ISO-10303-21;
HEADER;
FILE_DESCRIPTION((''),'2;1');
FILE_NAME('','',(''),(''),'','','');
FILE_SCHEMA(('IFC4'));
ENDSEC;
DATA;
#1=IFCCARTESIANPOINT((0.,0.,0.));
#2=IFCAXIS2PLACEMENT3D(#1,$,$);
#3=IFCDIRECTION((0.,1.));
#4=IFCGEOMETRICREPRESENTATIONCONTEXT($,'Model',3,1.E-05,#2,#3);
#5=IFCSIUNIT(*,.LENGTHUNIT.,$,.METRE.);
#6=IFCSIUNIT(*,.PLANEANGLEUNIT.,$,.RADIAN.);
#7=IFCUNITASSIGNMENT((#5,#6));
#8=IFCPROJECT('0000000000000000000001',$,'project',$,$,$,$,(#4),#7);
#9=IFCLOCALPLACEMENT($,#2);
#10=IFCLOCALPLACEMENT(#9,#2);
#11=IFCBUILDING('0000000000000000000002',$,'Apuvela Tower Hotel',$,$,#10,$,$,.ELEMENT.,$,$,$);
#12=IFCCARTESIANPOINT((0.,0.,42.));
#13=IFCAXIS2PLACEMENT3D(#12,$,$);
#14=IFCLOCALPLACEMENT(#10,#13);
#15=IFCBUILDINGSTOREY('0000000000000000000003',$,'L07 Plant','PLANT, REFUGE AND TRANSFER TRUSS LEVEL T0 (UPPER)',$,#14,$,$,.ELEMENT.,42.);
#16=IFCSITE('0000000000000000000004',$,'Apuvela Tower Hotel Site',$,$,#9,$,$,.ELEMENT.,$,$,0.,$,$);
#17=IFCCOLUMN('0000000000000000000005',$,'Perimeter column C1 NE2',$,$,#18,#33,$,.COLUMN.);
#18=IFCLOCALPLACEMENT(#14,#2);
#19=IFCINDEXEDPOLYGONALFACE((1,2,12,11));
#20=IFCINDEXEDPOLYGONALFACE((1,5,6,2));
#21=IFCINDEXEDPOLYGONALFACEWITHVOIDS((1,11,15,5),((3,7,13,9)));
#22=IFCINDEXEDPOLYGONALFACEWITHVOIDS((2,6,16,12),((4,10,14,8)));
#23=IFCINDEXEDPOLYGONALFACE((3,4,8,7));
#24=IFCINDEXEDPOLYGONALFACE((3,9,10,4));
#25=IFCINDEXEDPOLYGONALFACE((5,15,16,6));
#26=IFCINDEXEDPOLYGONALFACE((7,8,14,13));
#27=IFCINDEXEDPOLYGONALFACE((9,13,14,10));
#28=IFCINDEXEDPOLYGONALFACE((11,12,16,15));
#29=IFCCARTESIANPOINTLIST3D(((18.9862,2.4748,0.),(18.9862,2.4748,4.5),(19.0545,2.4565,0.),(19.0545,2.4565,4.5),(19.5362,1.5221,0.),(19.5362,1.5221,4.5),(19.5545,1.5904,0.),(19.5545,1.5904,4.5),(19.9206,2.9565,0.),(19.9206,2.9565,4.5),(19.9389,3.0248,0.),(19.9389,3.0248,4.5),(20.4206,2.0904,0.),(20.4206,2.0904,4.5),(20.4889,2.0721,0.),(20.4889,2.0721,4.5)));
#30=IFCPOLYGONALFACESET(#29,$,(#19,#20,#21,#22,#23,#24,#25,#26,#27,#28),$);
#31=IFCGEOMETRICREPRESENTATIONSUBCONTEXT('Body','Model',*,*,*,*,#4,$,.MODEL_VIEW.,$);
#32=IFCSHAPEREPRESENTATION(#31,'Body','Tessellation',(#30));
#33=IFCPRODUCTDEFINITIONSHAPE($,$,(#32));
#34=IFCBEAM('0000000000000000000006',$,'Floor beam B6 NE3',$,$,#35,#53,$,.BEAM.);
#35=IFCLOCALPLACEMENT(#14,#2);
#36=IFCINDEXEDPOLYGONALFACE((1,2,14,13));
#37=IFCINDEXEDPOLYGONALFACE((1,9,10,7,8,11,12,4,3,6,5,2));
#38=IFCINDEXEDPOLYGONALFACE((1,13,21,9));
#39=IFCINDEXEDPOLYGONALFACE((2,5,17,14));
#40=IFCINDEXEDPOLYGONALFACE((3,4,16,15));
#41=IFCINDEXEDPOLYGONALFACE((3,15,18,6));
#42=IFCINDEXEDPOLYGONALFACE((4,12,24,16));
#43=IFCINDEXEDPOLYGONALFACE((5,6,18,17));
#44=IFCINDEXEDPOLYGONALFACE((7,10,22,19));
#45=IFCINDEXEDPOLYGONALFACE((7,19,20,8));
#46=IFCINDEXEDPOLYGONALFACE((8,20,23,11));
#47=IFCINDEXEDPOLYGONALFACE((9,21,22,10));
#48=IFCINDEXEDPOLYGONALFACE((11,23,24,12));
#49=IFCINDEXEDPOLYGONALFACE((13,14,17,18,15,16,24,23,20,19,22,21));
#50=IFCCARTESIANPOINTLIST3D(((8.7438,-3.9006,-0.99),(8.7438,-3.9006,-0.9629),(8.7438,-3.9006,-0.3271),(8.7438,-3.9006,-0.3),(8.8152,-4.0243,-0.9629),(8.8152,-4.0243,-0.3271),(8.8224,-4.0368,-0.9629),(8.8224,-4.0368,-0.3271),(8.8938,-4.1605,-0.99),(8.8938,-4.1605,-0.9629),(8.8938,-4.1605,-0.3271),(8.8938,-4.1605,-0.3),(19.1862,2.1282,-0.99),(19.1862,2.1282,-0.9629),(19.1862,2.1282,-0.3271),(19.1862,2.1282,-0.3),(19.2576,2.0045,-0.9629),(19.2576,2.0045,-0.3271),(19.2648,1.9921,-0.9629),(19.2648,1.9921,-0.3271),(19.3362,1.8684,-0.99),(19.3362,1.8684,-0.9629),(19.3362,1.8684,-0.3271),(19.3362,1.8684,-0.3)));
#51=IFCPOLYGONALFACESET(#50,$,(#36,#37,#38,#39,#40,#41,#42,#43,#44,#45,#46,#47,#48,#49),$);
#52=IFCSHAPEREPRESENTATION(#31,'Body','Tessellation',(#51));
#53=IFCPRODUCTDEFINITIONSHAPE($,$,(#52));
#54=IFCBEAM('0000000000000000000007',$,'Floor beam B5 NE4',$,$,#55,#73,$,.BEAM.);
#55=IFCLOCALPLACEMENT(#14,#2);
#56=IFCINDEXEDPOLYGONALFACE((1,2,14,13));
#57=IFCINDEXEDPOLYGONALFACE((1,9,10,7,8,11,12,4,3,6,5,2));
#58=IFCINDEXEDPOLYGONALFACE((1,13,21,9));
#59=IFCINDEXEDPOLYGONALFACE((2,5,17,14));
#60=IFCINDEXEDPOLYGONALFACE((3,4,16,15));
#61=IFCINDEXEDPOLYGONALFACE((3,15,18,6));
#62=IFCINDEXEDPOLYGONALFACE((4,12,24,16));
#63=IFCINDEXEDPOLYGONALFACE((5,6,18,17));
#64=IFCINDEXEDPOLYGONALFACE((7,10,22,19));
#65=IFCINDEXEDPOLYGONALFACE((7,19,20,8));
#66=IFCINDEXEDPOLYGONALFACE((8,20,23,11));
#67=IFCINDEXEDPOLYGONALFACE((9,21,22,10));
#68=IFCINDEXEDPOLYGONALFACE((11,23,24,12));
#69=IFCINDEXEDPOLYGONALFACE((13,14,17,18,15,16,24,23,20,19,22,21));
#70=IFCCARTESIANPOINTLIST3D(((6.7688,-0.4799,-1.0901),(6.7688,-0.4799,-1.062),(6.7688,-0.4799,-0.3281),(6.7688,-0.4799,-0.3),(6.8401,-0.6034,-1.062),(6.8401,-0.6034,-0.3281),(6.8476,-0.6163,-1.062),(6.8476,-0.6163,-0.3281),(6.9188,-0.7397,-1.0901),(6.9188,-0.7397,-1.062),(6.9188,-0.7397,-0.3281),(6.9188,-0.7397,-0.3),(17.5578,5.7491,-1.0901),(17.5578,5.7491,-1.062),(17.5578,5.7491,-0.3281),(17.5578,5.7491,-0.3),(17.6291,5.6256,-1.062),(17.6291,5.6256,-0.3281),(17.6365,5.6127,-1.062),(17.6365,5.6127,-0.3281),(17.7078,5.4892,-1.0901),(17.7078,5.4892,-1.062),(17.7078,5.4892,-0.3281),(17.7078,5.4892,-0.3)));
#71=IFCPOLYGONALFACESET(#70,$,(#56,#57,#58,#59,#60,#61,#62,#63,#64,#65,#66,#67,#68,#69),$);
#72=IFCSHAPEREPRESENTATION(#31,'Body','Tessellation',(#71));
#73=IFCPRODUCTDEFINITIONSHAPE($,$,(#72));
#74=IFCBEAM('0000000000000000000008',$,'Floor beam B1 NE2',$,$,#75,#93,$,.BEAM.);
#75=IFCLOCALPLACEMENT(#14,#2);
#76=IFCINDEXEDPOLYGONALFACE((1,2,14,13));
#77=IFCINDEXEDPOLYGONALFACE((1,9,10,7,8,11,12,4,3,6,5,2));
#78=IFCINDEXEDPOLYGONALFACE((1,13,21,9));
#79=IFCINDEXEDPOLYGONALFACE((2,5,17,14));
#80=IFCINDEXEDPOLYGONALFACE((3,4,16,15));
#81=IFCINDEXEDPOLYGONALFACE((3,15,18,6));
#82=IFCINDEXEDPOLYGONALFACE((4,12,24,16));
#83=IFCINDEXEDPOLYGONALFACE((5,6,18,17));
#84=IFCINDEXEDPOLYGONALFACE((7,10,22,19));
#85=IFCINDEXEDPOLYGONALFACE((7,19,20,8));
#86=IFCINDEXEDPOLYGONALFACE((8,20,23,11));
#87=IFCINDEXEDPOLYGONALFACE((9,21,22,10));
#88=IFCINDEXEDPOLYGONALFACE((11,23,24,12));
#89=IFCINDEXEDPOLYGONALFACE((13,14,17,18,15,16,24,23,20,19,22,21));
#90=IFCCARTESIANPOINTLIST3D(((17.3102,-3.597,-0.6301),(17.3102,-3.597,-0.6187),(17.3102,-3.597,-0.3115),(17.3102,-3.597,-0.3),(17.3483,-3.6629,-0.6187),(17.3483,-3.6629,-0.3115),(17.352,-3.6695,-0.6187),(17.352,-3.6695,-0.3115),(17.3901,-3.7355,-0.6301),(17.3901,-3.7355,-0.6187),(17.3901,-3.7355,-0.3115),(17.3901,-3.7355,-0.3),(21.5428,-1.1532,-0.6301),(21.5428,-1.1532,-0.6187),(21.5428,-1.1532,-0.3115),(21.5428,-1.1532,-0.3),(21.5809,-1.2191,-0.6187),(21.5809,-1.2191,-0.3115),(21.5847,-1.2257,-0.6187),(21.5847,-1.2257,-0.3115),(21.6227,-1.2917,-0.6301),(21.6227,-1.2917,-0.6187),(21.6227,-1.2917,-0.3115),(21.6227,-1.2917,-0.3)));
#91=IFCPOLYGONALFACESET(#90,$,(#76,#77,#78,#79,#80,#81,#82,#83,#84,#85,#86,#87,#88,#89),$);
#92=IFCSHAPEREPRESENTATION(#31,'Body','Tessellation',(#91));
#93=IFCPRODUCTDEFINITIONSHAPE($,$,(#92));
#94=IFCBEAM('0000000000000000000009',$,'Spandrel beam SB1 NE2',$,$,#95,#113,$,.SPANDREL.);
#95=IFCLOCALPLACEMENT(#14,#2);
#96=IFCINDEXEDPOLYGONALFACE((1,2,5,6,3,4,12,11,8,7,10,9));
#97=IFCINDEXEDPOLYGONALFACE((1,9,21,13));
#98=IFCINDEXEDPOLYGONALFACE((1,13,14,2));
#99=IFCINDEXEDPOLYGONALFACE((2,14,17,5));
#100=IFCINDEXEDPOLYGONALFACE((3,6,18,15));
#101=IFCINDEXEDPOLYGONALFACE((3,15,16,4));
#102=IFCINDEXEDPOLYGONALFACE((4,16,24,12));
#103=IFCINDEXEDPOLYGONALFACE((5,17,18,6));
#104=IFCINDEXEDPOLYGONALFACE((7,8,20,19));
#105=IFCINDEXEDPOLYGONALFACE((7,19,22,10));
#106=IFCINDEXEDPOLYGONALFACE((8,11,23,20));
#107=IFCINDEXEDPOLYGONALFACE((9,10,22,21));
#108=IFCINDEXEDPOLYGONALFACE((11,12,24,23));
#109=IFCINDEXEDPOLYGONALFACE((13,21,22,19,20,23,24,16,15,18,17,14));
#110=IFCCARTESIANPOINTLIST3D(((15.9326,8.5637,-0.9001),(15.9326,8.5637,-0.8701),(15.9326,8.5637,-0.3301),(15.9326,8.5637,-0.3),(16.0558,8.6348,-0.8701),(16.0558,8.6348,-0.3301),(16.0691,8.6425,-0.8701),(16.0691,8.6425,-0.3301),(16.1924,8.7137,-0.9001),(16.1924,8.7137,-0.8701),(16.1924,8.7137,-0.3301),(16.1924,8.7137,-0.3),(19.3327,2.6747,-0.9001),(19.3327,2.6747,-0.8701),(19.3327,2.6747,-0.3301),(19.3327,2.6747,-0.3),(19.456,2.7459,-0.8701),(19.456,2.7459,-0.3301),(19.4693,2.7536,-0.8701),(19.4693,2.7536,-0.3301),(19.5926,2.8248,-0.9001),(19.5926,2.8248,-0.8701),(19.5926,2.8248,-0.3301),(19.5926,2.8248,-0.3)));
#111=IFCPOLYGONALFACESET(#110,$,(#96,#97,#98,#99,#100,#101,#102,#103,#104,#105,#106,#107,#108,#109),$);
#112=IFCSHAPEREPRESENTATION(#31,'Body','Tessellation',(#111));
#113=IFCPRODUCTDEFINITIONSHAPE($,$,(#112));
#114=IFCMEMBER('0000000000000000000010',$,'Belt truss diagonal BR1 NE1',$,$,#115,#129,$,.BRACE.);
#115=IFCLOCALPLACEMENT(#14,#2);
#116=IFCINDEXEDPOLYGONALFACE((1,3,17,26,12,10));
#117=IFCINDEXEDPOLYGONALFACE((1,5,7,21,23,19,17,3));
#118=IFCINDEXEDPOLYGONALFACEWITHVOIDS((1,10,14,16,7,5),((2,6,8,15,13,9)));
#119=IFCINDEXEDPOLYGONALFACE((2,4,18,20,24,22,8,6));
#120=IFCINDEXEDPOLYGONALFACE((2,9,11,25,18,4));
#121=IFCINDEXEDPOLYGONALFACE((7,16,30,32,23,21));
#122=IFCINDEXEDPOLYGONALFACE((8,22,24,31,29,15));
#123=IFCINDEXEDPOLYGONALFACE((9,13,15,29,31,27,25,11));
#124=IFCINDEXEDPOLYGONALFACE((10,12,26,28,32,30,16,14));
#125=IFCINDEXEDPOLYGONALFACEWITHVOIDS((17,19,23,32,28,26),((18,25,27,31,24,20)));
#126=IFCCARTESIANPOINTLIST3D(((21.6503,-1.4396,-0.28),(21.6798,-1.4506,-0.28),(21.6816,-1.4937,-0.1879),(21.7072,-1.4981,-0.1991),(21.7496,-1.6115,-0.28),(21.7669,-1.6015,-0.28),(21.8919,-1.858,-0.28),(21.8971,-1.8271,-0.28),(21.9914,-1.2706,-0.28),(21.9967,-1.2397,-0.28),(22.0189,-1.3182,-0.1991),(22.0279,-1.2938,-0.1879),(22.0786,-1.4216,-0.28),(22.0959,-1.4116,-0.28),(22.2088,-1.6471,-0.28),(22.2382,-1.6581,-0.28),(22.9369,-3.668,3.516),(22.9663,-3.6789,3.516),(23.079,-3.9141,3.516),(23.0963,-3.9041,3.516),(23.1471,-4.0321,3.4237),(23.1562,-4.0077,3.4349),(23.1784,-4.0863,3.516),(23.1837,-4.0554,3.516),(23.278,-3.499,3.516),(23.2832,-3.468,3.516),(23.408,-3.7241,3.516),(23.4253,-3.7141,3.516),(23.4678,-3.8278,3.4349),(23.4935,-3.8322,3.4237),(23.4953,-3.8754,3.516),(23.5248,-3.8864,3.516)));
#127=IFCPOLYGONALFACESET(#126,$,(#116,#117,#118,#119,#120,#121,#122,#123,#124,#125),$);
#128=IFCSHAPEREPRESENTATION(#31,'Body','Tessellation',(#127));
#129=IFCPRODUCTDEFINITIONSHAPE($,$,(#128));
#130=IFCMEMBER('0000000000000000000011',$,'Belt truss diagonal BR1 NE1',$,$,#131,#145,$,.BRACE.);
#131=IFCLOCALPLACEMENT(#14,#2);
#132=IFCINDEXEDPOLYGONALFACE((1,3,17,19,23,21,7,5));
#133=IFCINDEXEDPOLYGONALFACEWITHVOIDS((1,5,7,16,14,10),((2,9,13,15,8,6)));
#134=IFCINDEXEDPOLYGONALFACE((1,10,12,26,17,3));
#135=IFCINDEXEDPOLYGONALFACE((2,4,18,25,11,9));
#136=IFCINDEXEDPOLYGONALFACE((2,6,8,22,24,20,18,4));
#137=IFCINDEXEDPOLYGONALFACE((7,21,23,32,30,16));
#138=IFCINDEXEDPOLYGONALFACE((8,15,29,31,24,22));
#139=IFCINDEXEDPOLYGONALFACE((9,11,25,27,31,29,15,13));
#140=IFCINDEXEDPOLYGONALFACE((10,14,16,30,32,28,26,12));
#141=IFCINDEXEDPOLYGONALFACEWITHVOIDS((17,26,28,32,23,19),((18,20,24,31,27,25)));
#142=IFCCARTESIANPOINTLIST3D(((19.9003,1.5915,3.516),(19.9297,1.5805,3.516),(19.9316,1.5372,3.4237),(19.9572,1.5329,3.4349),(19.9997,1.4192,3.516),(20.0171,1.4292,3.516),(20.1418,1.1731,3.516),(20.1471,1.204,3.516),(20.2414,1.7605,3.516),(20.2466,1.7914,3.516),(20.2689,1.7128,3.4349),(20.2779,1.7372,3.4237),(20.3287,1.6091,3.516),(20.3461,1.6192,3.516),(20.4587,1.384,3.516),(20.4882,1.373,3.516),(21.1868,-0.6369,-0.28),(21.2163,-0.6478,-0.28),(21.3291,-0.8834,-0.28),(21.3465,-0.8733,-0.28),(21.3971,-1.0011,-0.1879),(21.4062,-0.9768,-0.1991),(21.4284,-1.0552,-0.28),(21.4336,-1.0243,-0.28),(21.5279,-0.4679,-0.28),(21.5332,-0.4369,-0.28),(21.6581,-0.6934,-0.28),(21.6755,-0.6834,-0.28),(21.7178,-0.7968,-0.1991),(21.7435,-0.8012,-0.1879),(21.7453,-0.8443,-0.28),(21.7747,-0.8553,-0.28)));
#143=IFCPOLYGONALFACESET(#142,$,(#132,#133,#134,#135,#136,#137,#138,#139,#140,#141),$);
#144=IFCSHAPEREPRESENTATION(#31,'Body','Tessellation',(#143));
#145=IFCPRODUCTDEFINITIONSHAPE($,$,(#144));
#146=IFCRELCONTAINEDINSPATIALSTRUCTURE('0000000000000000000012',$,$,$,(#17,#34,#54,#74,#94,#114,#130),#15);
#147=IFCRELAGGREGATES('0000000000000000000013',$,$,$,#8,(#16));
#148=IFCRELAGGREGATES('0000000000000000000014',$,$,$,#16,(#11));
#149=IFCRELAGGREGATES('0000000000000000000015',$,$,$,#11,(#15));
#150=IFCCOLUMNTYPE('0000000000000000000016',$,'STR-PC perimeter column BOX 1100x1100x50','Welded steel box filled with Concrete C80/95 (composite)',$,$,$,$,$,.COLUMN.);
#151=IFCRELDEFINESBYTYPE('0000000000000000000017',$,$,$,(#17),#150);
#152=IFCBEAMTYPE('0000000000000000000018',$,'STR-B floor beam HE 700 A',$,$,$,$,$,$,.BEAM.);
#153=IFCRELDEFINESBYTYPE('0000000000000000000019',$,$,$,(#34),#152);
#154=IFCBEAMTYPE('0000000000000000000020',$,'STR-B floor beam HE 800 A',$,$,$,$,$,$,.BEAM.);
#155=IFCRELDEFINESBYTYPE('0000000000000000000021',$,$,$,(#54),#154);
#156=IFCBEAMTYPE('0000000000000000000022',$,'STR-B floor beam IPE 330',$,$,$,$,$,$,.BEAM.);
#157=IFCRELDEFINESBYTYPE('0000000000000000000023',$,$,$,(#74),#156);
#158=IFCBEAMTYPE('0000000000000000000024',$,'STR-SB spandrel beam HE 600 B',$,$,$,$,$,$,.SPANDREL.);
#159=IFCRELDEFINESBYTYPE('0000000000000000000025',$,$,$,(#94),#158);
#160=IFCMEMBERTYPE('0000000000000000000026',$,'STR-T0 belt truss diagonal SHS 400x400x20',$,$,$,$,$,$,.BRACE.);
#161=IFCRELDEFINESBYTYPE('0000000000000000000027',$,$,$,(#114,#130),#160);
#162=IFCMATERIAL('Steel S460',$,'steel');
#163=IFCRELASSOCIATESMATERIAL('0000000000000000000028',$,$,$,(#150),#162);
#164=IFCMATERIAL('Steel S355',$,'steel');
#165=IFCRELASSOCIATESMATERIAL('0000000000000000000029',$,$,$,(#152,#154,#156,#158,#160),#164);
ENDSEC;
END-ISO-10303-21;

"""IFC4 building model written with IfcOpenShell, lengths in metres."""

from ifc_helpers import new_model, si_unit, direction, frame, origin, origin_2d, place, context, subcontext, project, spatial, rectangle, hollow_rectangle, i_section, extrude, boolean, halfspace, material, material_profile, profile_set, type_object, element, save


model = new_model("IFC4")

# Units and contexts
model_context = context("Model", 3, precision=1e-05, world=origin(), true_north=direction((0.0, 1.0)))
body_context = subcontext(model_context, "Body", "Model", "MODEL_VIEW")
ifc_project = project(units=[si_unit("LENGTHUNIT", "METRE"), si_unit("PLANEANGLEUNIT", "RADIAN")], contexts=[model_context])

# Site, building, storey
site_placement = place(None, origin())
site = spatial("IfcSite", under=ifc_project, at=site_placement, Name="Apuvela Tower Hotel Site", CompositionType="ELEMENT", RefElevation=0.0)
building_placement = place(site_placement, origin())
building = spatial("IfcBuilding", under=site, at=building_placement, Name="Apuvela Tower Hotel", CompositionType="ELEMENT")
storey_placement = place(building_placement, frame((0.0, 0.0, 42.0)))
storey = spatial("IfcBuildingStorey", under=building, at=storey_placement, Name="L07 Plant", Description="PLANT, REFUGE AND TRANSFER TRUSS LEVEL T0 (UPPER)", CompositionType="ELEMENT", Elevation=42.0)

# Column
ifc_material_1 = material(Name="Steel S460", Category="steel")
ifc_material_profile_1 = material_profile(ifc_material_1, hollow_rectangle(XDim=1.1001, YDim=1.1001, WallThickness=0.05, at=origin_2d()), Name="BOX 1100x1100x50")
ifc_material_2 = material(Name="Concrete C80/95", Category="concrete")
ifc_material_profile_2 = material_profile(ifc_material_2, rectangle(XDim=1.0, YDim=1.0, at=origin_2d()), Name="Concrete C80/95 infill")
ifc_profile_set_1 = profile_set([ifc_material_profile_1, ifc_material_profile_2], Name="Steel S460")
column_type = type_object("IfcColumnType", Name="STR-PC perimeter column BOX 1100x1100x50", Description="Welded steel box filled with Concrete C80/95 (composite)", PredefinedType="COLUMN", material=ifc_profile_set_1)
column_placement = place(storey_placement, frame((19.7375, 2.2734, 0.0), z_axis=(0.0, 0.0, 1.0), x_axis=(-0.5, 0.866025, 0.0)))
element("IfcColumn", 1, at=column_placement, inside=storey, type_object=column_type, Name="Perimeter column C1 NE2", PredefinedType="COLUMN", context=body_context, shape_type="SweptSolid", body=[
    extrude(hollow_rectangle(XDim=1.1001, YDim=1.1001, WallThickness=0.05, at=origin_2d()), origin(), (0.0, 0.0, 1.0), 4.5),
])

# Beams
ifc_material_3 = material(Name="Steel S355", Category="steel")
ifc_material_profile_3 = material_profile(ifc_material_3, i_section(OverallWidth=0.3, OverallDepth=0.6899, WebThickness=0.0144, FlangeThickness=0.0271, at=origin_2d()), Name="HE 700 A")
ifc_profile_set_2 = profile_set([ifc_material_profile_3], Name="Steel S355")
beam_type_1 = type_object("IfcBeamType", Name="STR-B floor beam HE 700 A", PredefinedType="BEAM", material=ifc_profile_set_2)
beam_1_placement = place(storey_placement, frame((19.2612, 1.9983, -0.645), z_axis=(-0.866029, -0.499994, 0.0), x_axis=(0.499994, -0.866029, 0.0)))
element("IfcBeam", 2, at=beam_1_placement, inside=storey, type_object=beam_type_1, Name="Floor beam B6 NE3", PredefinedType="BEAM", context=body_context, shape_type="SweptSolid", body=[
    extrude(i_section(OverallWidth=0.3, OverallDepth=0.6899, WebThickness=0.0144, FlangeThickness=0.0271, at=origin_2d()), origin(), (0.0, 0.0, 1.0), 12.0579),
])
ifc_material_profile_4 = material_profile(ifc_material_3, i_section(OverallWidth=0.3, OverallDepth=0.79, WebThickness=0.0149, FlangeThickness=0.0281, at=origin_2d()), Name="HE 800 A")
ifc_profile_set_3 = profile_set([ifc_material_profile_4], Name="Steel S355")
beam_type_2 = type_object("IfcBeamType", Name="STR-B floor beam HE 800 A", PredefinedType="BEAM", material=ifc_profile_set_3)
beam_2_placement = place(storey_placement, frame((17.6328, 5.6191, -0.6951), z_axis=(-0.866028, -0.499996, 0.0), x_axis=(0.499996, -0.866028, 0.0)))
element("IfcBeam", 3, at=beam_2_placement, inside=storey, type_object=beam_type_2, Name="Floor beam B5 NE4", PredefinedType="BEAM", context=body_context, shape_type="SweptSolid", body=[
    extrude(i_section(OverallWidth=0.3, OverallDepth=0.79, WebThickness=0.0149, FlangeThickness=0.0281, at=origin_2d()), origin(), (0.0, 0.0, 1.0), 12.458),
])
ifc_material_profile_5 = material_profile(ifc_material_3, i_section(OverallWidth=0.1599, OverallDepth=0.3301, WebThickness=0.0076, FlangeThickness=0.0115, at=origin_2d()), Name="IPE 330")
ifc_profile_set_4 = profile_set([ifc_material_profile_5], Name="Steel S355")
beam_type_3 = type_object("IfcBeamType", Name="STR-B floor beam IPE 330", PredefinedType="BEAM", material=ifc_profile_set_4)
beam_3_placement = place(storey_placement, frame((21.5828, -1.2224, -0.4651), z_axis=(-0.866015, -0.500018, 0.0), x_axis=(0.500018, -0.866015, 0.0)))
element("IfcBeam", 4, at=beam_3_placement, inside=storey, type_object=beam_type_3, Name="Floor beam B1 NE2", PredefinedType="BEAM", context=body_context, shape_type="SweptSolid", body=[
    extrude(i_section(OverallWidth=0.1599, OverallDepth=0.3301, WebThickness=0.0076, FlangeThickness=0.0115, at=origin_2d()), origin(), (0.0, 0.0, 1.0), 4.8875),
])
ifc_material_profile_6 = material_profile(ifc_material_3, i_section(OverallWidth=0.3, OverallDepth=0.6001, WebThickness=0.0154, FlangeThickness=0.03, at=origin_2d()), Name="HE 600 B")
ifc_profile_set_5 = profile_set([ifc_material_profile_6], Name="Steel S355")
beam_type_4 = type_object("IfcBeamType", Name="STR-SB spandrel beam HE 600 B", PredefinedType="SPANDREL", material=ifc_profile_set_5)
beam_4_placement = place(storey_placement, frame((19.4626, 2.7498, -0.6001), z_axis=(-0.50002, 0.866014, 0.0), x_axis=(-0.866014, -0.50002, 0.0)))
element("IfcBeam", 5, at=beam_4_placement, inside=storey, type_object=beam_type_4, Name="Spandrel beam SB1 NE2", PredefinedType="SPANDREL", context=body_context, shape_type="SweptSolid", body=[
    extrude(i_section(OverallWidth=0.3, OverallDepth=0.6001, WebThickness=0.0154, FlangeThickness=0.03, at=origin_2d()), origin(), (0.0, 0.0, 1.0), 6.8),
])

# Members
ifc_material_profile_7 = material_profile(ifc_material_3, hollow_rectangle(XDim=0.3999, YDim=0.3999, WallThickness=0.02, at=origin_2d()), Name="SHS 400x400x20")
ifc_profile_set_6 = profile_set([ifc_material_profile_7], Name="Steel S355")
member_type = type_object("IfcMemberType", Name="STR-T0 belt truss diagonal SHS 400x400x20", PredefinedType="BRACE", material=ifc_profile_set_6)
member_1_placement = place(storey_placement, frame((21.9375, -1.5371, -0.3), z_axis=(0.280541, -0.485902, 0.827766), x_axis=(-0.413889, 0.716863, 0.561073)))
solid_1 = boolean("DIFFERENCE", boolean("DIFFERENCE", extrude(hollow_rectangle(XDim=0.3999, YDim=0.3999, WallThickness=0.02, at=origin_2d()), frame((0.0, 0.0, -0.2556)), (0.0, 0.0, 1.0), 5.1453), halfspace(frame((0.0, 0.0, 0.0242), z_axis=(0.561073, 0.0, 0.827766), x_axis=(0.827766, 0.0, -0.561073)), True)), halfspace(frame((0.0, 0.0, 4.6101), z_axis=(0.561073, 0.0, 0.827766), x_axis=(0.827766, 0.0, -0.561073)), False))
element("IfcMember", 6, at=member_1_placement, inside=storey, type_object=member_type, Name="Belt truss diagonal BR1 NE1", PredefinedType="BRACE", context=body_context, shape_type="SweptSolid", body=[
    boolean("UNION", boolean("DIFFERENCE", boolean("DIFFERENCE", extrude(hollow_rectangle(XDim=0.3999, YDim=0.3999, WallThickness=0.02, at=origin_2d()), origin(), (0.0, 0.0, 1.0), 4.634), halfspace(frame((0.0, 0.0, 0.0242), z_axis=(0.561073, 0.0, 0.827766), x_axis=(0.827766, 0.0, -0.561073)), True)), halfspace(frame((0.0, 0.0, 4.6101), z_axis=(0.561073, 0.0, 0.827766), x_axis=(0.827766, 0.0, -0.561073)), False)), solid_1),
])
member_2_placement = place(storey_placement, frame((21.4875, -0.7578, -0.3), z_axis=(-0.280541, 0.485902, 0.827766), x_axis=(0.413889, -0.716863, 0.561073)))
solid_2 = boolean("DIFFERENCE", boolean("DIFFERENCE", extrude(hollow_rectangle(XDim=0.3999, YDim=0.3999, WallThickness=0.02, at=origin_2d()), frame((0.0, 0.0, -0.2556)), (0.0, 0.0, 1.0), 5.1453), halfspace(frame((0.0, 0.0, 0.0242), z_axis=(0.561073, 0.0, 0.827766), x_axis=(0.827766, 0.0, -0.561073)), True)), halfspace(frame((0.0, 0.0, 4.6101), z_axis=(0.561073, 0.0, 0.827766), x_axis=(0.827766, 0.0, -0.561073)), False))
element("IfcMember", 7, at=member_2_placement, inside=storey, type_object=member_type, Name="Belt truss diagonal BR1 NE1", PredefinedType="BRACE", context=body_context, shape_type="SweptSolid", body=[
    boolean("UNION", boolean("DIFFERENCE", boolean("DIFFERENCE", extrude(hollow_rectangle(XDim=0.3999, YDim=0.3999, WallThickness=0.02, at=origin_2d()), origin(), (0.0, 0.0, 1.0), 4.634), halfspace(frame((0.0, 0.0, 0.0242), z_axis=(0.561073, 0.0, 0.827766), x_axis=(0.827766, 0.0, -0.561073)), True)), halfspace(frame((0.0, 0.0, 4.6101), z_axis=(0.561073, 0.0, 0.827766), x_axis=(0.827766, 0.0, -0.561073)), False)), solid_2),
])

save(model, "model.ifc")
